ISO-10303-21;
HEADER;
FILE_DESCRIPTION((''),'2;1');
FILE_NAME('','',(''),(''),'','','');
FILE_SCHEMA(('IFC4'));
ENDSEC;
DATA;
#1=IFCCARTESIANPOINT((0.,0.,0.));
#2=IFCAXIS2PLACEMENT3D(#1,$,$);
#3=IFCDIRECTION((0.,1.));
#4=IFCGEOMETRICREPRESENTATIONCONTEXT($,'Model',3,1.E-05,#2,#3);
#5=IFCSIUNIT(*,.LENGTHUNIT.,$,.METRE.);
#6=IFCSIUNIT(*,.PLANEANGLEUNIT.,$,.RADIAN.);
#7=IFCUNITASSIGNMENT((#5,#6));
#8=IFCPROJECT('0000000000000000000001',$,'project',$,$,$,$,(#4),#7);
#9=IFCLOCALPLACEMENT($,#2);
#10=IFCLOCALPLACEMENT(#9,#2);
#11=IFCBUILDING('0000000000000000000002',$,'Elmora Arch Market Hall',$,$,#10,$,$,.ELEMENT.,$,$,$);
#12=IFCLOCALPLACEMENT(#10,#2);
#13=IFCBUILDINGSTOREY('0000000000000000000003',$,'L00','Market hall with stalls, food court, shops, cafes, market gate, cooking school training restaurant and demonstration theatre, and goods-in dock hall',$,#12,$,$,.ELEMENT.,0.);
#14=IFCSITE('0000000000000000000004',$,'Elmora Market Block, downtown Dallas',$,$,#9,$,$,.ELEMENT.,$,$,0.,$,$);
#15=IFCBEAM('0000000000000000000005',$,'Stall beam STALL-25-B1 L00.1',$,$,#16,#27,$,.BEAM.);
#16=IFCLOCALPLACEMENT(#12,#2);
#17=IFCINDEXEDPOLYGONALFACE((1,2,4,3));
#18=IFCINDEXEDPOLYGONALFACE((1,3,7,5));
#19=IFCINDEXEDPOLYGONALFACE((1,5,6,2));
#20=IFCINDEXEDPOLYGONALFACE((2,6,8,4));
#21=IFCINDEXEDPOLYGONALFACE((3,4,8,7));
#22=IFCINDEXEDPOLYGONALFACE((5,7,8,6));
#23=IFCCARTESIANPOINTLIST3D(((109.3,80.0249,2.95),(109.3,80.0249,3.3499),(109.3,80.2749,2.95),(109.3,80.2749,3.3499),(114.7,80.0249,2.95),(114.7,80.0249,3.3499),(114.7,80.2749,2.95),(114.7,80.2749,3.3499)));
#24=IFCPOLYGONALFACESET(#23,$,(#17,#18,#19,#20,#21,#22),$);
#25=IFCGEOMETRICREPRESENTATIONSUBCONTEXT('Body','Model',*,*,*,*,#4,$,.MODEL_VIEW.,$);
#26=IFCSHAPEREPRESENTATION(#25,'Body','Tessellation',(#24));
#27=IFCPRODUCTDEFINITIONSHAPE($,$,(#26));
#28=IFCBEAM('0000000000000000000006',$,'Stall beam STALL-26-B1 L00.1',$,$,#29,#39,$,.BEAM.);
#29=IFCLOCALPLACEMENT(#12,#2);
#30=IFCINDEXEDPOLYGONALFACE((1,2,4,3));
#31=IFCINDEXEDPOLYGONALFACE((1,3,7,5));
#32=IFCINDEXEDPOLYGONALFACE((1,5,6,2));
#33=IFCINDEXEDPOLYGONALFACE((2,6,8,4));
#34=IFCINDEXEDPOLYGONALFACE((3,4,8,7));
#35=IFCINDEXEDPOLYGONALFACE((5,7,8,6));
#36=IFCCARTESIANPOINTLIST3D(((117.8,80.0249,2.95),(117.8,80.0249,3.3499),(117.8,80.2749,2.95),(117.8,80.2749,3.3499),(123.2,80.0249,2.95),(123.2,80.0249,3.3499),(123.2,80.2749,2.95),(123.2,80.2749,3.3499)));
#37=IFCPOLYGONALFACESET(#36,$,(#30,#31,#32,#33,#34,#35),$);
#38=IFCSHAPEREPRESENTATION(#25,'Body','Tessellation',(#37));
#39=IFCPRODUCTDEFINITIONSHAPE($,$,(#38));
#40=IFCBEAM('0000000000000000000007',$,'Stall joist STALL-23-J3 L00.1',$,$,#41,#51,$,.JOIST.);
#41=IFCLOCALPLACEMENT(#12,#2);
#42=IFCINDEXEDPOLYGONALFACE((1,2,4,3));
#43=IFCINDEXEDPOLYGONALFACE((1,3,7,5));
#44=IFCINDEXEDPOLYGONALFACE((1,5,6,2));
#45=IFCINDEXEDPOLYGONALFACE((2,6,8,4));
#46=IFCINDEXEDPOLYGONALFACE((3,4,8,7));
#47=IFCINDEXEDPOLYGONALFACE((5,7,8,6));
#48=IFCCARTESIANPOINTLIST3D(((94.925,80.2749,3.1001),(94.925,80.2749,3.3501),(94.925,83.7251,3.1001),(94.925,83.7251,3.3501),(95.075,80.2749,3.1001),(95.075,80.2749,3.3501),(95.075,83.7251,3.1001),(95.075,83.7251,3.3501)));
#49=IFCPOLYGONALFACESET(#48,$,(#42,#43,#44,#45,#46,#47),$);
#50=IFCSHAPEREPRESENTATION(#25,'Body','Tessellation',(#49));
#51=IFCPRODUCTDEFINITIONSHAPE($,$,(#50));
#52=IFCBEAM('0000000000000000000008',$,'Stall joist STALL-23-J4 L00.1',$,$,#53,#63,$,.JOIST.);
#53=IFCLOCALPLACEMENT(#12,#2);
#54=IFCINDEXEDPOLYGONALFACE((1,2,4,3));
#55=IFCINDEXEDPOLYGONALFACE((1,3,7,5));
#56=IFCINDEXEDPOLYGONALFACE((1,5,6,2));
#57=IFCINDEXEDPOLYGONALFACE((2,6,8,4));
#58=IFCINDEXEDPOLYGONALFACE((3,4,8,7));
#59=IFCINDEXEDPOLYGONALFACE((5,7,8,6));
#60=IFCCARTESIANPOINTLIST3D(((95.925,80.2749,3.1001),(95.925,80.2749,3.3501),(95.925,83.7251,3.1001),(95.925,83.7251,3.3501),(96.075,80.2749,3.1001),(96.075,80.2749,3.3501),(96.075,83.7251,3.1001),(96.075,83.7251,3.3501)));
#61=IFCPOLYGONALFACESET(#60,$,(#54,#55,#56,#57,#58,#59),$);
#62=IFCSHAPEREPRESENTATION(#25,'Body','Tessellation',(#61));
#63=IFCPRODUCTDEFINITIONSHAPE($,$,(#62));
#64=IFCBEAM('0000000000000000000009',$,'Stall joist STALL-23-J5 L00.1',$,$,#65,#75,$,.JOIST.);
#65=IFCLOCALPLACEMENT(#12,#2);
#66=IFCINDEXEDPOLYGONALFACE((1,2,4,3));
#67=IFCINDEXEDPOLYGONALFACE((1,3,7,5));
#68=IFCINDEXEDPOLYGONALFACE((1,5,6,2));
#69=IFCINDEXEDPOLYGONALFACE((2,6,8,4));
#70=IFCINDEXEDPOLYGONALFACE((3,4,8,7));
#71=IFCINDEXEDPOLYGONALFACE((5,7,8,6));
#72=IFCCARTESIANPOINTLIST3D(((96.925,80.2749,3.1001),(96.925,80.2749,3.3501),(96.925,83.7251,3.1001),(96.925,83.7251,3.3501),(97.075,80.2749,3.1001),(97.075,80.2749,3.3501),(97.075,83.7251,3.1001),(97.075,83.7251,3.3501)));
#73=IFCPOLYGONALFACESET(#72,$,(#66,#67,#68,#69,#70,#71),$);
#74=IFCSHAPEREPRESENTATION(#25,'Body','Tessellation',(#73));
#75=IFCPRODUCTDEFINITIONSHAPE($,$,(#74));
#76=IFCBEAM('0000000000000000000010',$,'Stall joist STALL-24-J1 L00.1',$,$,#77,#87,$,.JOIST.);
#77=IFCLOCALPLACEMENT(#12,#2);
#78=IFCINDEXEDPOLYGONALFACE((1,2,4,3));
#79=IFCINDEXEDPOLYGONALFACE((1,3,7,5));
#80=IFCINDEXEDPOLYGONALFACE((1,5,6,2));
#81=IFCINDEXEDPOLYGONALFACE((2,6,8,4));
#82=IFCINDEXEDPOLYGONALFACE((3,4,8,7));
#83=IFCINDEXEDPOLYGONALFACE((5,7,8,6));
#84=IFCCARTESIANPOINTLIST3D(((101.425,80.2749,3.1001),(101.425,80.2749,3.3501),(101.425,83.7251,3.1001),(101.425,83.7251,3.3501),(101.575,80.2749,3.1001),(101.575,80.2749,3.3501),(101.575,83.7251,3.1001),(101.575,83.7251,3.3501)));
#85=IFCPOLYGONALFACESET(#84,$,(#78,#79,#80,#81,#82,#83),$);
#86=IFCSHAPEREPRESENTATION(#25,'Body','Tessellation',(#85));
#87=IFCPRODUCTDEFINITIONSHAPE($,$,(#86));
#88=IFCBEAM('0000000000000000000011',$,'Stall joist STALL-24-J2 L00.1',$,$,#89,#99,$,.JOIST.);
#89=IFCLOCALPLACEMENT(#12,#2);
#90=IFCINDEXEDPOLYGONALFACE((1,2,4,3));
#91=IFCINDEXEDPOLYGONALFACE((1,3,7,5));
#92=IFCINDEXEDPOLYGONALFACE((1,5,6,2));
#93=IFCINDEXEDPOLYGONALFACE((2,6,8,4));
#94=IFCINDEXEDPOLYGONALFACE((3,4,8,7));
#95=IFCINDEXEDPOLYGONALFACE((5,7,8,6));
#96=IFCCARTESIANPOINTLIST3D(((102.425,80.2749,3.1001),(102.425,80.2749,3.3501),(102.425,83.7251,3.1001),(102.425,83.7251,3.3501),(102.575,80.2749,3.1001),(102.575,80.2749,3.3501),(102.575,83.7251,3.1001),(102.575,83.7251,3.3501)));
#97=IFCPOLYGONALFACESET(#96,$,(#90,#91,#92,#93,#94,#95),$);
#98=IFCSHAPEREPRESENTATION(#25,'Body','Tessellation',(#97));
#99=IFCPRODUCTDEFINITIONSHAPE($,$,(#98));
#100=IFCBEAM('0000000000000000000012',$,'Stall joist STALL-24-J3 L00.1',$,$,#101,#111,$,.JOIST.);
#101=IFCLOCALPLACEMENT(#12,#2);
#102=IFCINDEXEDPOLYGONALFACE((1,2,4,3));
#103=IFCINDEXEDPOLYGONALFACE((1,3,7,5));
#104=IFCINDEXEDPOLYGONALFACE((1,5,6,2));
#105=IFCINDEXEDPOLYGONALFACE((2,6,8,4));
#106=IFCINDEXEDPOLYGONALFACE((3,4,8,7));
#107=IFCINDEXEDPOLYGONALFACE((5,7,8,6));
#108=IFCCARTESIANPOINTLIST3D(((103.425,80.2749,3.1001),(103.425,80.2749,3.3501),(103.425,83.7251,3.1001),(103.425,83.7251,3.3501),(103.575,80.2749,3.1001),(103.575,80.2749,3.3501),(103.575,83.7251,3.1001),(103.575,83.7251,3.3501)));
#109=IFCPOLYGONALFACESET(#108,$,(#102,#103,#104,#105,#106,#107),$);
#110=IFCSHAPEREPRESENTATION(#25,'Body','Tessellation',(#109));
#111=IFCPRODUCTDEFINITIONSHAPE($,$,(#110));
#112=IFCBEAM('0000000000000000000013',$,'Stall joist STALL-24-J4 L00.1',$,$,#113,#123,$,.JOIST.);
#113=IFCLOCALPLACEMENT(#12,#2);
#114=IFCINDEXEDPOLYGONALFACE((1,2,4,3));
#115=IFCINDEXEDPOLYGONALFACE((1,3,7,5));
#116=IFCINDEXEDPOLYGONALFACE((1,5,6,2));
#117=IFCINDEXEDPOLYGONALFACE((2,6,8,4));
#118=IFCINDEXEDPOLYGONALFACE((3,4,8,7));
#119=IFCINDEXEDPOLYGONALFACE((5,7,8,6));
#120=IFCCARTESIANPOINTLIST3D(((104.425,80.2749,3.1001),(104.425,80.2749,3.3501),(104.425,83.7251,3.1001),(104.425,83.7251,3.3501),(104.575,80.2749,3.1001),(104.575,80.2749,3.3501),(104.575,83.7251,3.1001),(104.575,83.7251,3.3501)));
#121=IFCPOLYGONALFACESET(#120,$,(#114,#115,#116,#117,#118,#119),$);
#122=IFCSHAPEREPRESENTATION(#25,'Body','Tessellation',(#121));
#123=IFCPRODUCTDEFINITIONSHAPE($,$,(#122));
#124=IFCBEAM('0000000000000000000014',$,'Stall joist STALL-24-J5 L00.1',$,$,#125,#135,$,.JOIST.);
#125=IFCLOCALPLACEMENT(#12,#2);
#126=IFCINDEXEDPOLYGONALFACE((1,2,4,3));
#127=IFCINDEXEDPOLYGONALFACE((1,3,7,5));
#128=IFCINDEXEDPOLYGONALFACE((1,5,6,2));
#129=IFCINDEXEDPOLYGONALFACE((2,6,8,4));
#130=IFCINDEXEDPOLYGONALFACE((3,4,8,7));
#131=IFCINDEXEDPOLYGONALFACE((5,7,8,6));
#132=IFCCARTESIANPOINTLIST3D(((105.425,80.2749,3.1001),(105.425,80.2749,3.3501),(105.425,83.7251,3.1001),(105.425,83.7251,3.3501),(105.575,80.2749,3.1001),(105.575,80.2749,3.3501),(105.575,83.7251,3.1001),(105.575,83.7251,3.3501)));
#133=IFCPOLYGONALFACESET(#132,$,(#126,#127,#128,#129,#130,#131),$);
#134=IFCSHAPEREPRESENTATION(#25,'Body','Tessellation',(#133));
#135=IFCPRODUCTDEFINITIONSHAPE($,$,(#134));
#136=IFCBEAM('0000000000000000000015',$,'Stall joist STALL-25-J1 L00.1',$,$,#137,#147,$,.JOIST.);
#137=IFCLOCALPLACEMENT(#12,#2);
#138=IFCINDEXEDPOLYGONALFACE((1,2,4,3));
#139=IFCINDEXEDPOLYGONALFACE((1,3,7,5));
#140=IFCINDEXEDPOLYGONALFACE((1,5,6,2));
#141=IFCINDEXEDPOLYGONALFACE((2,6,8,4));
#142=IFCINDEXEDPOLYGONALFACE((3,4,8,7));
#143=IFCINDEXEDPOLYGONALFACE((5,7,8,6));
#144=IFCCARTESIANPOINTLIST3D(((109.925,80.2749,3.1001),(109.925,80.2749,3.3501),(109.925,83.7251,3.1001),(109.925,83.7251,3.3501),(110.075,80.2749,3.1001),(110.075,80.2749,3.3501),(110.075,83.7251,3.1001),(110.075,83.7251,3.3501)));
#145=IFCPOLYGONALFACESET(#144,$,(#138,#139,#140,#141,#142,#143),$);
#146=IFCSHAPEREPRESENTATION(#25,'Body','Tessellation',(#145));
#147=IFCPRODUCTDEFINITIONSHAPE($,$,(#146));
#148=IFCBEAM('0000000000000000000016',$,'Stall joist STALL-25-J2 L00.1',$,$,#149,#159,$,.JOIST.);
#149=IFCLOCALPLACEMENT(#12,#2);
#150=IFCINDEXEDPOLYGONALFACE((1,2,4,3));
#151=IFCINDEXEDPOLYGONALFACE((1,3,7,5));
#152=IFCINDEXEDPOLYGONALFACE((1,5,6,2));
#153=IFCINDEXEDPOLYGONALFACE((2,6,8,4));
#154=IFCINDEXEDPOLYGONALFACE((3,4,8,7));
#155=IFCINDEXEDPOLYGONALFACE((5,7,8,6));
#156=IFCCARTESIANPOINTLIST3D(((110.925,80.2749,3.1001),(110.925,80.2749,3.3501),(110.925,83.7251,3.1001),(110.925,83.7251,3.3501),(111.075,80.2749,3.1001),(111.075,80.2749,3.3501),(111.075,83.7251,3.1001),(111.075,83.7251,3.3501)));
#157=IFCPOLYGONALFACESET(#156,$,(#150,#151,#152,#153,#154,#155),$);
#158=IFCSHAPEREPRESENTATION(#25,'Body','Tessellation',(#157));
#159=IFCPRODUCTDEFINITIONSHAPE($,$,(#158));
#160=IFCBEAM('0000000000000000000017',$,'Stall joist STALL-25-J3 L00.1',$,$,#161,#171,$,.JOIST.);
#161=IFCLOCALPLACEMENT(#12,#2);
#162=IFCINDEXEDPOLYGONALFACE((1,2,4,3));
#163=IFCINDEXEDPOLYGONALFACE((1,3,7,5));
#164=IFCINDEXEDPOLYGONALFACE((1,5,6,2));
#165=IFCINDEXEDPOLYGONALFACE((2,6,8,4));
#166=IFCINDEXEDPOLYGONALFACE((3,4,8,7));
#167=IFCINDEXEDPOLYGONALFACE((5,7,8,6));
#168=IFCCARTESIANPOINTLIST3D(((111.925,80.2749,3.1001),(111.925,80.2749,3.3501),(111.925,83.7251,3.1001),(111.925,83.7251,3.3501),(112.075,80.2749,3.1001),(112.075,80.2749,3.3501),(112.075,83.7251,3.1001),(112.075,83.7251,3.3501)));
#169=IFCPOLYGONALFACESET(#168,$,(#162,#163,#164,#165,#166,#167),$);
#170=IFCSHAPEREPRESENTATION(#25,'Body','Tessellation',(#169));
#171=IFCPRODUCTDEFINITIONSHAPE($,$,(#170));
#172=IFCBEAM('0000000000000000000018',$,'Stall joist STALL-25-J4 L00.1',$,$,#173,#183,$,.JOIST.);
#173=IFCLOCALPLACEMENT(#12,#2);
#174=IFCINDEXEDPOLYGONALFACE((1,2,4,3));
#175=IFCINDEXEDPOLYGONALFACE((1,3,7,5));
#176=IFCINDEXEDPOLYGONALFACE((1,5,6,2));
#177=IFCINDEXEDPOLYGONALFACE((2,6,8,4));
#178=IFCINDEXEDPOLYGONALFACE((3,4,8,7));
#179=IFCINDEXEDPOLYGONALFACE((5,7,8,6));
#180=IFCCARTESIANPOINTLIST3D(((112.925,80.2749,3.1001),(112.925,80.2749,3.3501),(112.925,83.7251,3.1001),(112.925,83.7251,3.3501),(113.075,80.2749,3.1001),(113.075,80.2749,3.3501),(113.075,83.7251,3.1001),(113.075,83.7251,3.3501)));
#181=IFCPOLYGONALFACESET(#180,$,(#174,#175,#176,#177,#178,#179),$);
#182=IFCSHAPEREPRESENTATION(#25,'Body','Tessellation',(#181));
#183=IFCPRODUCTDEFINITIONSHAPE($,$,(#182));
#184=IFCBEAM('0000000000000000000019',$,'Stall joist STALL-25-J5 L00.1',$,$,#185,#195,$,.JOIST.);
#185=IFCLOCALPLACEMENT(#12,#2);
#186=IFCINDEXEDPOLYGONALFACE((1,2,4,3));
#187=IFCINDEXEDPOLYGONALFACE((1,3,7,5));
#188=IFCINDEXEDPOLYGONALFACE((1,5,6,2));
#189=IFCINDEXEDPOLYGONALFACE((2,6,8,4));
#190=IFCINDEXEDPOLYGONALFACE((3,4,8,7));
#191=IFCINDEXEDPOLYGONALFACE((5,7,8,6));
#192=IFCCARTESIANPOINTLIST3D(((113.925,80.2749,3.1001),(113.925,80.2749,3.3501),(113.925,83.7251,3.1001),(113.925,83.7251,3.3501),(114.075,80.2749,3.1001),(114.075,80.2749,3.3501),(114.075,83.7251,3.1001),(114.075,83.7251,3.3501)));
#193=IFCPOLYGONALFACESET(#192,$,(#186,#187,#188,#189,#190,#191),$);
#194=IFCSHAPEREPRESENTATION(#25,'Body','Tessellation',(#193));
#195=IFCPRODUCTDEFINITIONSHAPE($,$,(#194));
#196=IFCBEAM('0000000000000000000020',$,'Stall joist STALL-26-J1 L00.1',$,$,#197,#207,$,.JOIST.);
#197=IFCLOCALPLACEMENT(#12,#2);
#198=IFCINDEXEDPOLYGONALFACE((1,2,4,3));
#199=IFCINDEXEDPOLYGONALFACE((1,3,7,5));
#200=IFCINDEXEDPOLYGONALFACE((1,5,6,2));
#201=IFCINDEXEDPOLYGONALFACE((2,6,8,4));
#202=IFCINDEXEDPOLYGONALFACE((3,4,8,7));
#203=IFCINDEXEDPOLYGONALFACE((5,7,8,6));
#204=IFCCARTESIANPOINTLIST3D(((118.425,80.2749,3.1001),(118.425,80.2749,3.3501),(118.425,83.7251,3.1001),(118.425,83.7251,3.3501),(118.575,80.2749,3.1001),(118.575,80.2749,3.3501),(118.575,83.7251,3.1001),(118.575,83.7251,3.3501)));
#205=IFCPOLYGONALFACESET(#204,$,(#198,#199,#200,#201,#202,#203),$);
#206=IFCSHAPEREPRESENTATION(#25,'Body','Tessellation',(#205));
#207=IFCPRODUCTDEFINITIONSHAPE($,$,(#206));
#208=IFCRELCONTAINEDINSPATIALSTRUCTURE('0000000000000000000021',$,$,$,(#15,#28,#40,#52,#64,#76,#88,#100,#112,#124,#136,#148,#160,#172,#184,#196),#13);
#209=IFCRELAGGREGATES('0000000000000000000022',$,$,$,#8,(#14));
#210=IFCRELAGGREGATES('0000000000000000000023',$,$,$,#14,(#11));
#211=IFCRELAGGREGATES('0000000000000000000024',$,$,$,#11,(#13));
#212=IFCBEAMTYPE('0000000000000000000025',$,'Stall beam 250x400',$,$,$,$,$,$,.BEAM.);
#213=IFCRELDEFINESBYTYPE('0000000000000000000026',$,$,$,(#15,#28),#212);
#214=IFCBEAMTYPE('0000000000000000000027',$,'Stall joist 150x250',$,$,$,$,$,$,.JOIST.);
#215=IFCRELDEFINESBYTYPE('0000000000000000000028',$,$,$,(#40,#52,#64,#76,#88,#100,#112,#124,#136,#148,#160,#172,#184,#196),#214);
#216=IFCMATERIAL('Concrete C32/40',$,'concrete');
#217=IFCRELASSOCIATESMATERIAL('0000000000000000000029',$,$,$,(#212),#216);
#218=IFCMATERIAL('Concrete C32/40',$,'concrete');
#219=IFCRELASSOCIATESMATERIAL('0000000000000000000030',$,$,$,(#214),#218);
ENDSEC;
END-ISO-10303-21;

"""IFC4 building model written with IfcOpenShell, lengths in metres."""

from ifc_helpers import new_model, si_unit, direction, frame, origin, origin_2d, place, context, subcontext, project, spatial, rectangle, extrude, material, material_profile, profile_set, type_object, element, save


model = new_model("IFC4")

# Units and contexts
model_context = context("Model", 3, precision=1e-05, world=origin(), true_north=direction((0.0, 1.0)))
body_context = subcontext(model_context, "Body", "Model", "MODEL_VIEW")
ifc_project = project(units=[si_unit("LENGTHUNIT", "METRE"), si_unit("PLANEANGLEUNIT", "RADIAN")], contexts=[model_context])

# Site, building, storey
site_placement = place(None, origin())
site = spatial("IfcSite", under=ifc_project, at=site_placement, Name="Elmora Market Block, downtown Dallas", CompositionType="ELEMENT", RefElevation=0.0)
building_placement = place(site_placement, origin())
building = spatial("IfcBuilding", under=site, at=building_placement, Name="Elmora Arch Market Hall", CompositionType="ELEMENT")
storey_placement = place(building_placement, origin())
storey = spatial("IfcBuildingStorey", under=building, at=storey_placement, Name="L00", Description="Market hall with stalls, food court, shops, cafes, market gate, cooking school training restaurant and demonstration theatre, and goods-in dock hall", CompositionType="ELEMENT", Elevation=0.0)

# Beams
ifc_material_1 = material(Name="Concrete C32/40", Category="concrete")
ifc_material_profile_1 = material_profile(ifc_material_1, rectangle(XDim=0.25, YDim=0.3999, at=origin_2d()), Name="Stall beam 250x400")
ifc_profile_set_1 = profile_set([ifc_material_profile_1], Name="Concrete C32/40")
beam_type_1 = type_object("IfcBeamType", Name="Stall beam 250x400", PredefinedType="BEAM", material=ifc_profile_set_1)
for number, where, z_axis, x_axis, name in (
    (1, (109.3, 80.1499, 3.1499), (1.0, 0.0, 0.0), (0.0, 1.0, 0.0), "Stall beam STALL-25-B1 L00.1"),
    (2, (117.8, 80.1499, 3.1499), (1.0, 0.0, 0.0), (0.0, 1.0, 0.0), "Stall beam STALL-26-B1 L00.1"),
):
    element("IfcBeam", number, at=place(storey_placement, frame(where, z_axis=z_axis, x_axis=x_axis)), inside=storey, type_object=beam_type_1, Name=name, PredefinedType="BEAM", context=body_context, shape_type="SweptSolid", body=[
        extrude(rectangle(XDim=0.25, YDim=0.3999, at=origin_2d()), origin(), (0.0, 0.0, 1.0), 5.3999),
    ])
ifc_material_2 = material(Name="Concrete C32/40", Category="concrete")
ifc_material_profile_2 = material_profile(ifc_material_2, rectangle(XDim=0.1499, YDim=0.25, at=origin_2d()), Name="Stall joist 150x250")
ifc_profile_set_2 = profile_set([ifc_material_profile_2], Name="Concrete C32/40")
beam_type_2 = type_object("IfcBeamType", Name="Stall joist 150x250", PredefinedType="JOIST", material=ifc_profile_set_2)
for number, where, z_axis, x_axis, name in (
    (3, (95.0, 80.2749, 3.2251), (0.0, 1.0, 0.0), (-1.0, 0.0, 0.0), "Stall joist STALL-23-J3 L00.1"),
    (4, (96.0, 80.2749, 3.2251), (0.0, 1.0, 0.0), (-1.0, 0.0, 0.0), "Stall joist STALL-23-J4 L00.1"),
    (5, (97.0, 80.2749, 3.2251), (0.0, 1.0, 0.0), (-1.0, 0.0, 0.0), "Stall joist STALL-23-J5 L00.1"),
    (6, (101.5, 80.2749, 3.2251), (0.0, 1.0, 0.0), (-1.0, 0.0, 0.0), "Stall joist STALL-24-J1 L00.1"),
    (7, (102.5, 80.2749, 3.2251), (0.0, 1.0, 0.0), (-1.0, 0.0, 0.0), "Stall joist STALL-24-J2 L00.1"),
    (8, (103.5, 80.2749, 3.2251), (0.0, 1.0, 0.0), (-1.0, 0.0, 0.0), "Stall joist STALL-24-J3 L00.1"),
    (9, (104.5, 80.2749, 3.2251), (0.0, 1.0, 0.0), (-1.0, 0.0, 0.0), "Stall joist STALL-24-J4 L00.1"),
    (10, (105.5, 80.2749, 3.2251), (0.0, 1.0, 0.0), (-1.0, 0.0, 0.0), "Stall joist STALL-24-J5 L00.1"),
    (11, (110.0, 80.2749, 3.2251), (0.0, 1.0, 0.0), (-1.0, 0.0, 0.0), "Stall joist STALL-25-J1 L00.1"),
    (12, (111.0, 80.2749, 3.2251), (0.0, 1.0, 0.0), (-1.0, 0.0, 0.0), "Stall joist STALL-25-J2 L00.1"),
    (13, (112.0, 80.2749, 3.2251), (0.0, 1.0, 0.0), (-1.0, 0.0, 0.0), "Stall joist STALL-25-J3 L00.1"),
    (14, (113.0, 80.2749, 3.2251), (0.0, 1.0, 0.0), (-1.0, 0.0, 0.0), "Stall joist STALL-25-J4 L00.1"),
    (15, (114.0, 80.2749, 3.2251), (0.0, 1.0, 0.0), (-1.0, 0.0, 0.0), "Stall joist STALL-25-J5 L00.1"),
    (16, (118.5, 80.2749, 3.2251), (0.0, 1.0, 0.0), (-1.0, 0.0, 0.0), "Stall joist STALL-26-J1 L00.1"),
):
    element("IfcBeam", number, at=place(storey_placement, frame(where, z_axis=z_axis, x_axis=x_axis)), inside=storey, type_object=beam_type_2, Name=name, PredefinedType="JOIST", context=body_context, shape_type="SweptSolid", body=[
        extrude(rectangle(XDim=0.1499, YDim=0.25, at=origin_2d()), origin(), (0.0, 0.0, 1.0), 3.4502),
    ])

save(model, "model.ifc")
